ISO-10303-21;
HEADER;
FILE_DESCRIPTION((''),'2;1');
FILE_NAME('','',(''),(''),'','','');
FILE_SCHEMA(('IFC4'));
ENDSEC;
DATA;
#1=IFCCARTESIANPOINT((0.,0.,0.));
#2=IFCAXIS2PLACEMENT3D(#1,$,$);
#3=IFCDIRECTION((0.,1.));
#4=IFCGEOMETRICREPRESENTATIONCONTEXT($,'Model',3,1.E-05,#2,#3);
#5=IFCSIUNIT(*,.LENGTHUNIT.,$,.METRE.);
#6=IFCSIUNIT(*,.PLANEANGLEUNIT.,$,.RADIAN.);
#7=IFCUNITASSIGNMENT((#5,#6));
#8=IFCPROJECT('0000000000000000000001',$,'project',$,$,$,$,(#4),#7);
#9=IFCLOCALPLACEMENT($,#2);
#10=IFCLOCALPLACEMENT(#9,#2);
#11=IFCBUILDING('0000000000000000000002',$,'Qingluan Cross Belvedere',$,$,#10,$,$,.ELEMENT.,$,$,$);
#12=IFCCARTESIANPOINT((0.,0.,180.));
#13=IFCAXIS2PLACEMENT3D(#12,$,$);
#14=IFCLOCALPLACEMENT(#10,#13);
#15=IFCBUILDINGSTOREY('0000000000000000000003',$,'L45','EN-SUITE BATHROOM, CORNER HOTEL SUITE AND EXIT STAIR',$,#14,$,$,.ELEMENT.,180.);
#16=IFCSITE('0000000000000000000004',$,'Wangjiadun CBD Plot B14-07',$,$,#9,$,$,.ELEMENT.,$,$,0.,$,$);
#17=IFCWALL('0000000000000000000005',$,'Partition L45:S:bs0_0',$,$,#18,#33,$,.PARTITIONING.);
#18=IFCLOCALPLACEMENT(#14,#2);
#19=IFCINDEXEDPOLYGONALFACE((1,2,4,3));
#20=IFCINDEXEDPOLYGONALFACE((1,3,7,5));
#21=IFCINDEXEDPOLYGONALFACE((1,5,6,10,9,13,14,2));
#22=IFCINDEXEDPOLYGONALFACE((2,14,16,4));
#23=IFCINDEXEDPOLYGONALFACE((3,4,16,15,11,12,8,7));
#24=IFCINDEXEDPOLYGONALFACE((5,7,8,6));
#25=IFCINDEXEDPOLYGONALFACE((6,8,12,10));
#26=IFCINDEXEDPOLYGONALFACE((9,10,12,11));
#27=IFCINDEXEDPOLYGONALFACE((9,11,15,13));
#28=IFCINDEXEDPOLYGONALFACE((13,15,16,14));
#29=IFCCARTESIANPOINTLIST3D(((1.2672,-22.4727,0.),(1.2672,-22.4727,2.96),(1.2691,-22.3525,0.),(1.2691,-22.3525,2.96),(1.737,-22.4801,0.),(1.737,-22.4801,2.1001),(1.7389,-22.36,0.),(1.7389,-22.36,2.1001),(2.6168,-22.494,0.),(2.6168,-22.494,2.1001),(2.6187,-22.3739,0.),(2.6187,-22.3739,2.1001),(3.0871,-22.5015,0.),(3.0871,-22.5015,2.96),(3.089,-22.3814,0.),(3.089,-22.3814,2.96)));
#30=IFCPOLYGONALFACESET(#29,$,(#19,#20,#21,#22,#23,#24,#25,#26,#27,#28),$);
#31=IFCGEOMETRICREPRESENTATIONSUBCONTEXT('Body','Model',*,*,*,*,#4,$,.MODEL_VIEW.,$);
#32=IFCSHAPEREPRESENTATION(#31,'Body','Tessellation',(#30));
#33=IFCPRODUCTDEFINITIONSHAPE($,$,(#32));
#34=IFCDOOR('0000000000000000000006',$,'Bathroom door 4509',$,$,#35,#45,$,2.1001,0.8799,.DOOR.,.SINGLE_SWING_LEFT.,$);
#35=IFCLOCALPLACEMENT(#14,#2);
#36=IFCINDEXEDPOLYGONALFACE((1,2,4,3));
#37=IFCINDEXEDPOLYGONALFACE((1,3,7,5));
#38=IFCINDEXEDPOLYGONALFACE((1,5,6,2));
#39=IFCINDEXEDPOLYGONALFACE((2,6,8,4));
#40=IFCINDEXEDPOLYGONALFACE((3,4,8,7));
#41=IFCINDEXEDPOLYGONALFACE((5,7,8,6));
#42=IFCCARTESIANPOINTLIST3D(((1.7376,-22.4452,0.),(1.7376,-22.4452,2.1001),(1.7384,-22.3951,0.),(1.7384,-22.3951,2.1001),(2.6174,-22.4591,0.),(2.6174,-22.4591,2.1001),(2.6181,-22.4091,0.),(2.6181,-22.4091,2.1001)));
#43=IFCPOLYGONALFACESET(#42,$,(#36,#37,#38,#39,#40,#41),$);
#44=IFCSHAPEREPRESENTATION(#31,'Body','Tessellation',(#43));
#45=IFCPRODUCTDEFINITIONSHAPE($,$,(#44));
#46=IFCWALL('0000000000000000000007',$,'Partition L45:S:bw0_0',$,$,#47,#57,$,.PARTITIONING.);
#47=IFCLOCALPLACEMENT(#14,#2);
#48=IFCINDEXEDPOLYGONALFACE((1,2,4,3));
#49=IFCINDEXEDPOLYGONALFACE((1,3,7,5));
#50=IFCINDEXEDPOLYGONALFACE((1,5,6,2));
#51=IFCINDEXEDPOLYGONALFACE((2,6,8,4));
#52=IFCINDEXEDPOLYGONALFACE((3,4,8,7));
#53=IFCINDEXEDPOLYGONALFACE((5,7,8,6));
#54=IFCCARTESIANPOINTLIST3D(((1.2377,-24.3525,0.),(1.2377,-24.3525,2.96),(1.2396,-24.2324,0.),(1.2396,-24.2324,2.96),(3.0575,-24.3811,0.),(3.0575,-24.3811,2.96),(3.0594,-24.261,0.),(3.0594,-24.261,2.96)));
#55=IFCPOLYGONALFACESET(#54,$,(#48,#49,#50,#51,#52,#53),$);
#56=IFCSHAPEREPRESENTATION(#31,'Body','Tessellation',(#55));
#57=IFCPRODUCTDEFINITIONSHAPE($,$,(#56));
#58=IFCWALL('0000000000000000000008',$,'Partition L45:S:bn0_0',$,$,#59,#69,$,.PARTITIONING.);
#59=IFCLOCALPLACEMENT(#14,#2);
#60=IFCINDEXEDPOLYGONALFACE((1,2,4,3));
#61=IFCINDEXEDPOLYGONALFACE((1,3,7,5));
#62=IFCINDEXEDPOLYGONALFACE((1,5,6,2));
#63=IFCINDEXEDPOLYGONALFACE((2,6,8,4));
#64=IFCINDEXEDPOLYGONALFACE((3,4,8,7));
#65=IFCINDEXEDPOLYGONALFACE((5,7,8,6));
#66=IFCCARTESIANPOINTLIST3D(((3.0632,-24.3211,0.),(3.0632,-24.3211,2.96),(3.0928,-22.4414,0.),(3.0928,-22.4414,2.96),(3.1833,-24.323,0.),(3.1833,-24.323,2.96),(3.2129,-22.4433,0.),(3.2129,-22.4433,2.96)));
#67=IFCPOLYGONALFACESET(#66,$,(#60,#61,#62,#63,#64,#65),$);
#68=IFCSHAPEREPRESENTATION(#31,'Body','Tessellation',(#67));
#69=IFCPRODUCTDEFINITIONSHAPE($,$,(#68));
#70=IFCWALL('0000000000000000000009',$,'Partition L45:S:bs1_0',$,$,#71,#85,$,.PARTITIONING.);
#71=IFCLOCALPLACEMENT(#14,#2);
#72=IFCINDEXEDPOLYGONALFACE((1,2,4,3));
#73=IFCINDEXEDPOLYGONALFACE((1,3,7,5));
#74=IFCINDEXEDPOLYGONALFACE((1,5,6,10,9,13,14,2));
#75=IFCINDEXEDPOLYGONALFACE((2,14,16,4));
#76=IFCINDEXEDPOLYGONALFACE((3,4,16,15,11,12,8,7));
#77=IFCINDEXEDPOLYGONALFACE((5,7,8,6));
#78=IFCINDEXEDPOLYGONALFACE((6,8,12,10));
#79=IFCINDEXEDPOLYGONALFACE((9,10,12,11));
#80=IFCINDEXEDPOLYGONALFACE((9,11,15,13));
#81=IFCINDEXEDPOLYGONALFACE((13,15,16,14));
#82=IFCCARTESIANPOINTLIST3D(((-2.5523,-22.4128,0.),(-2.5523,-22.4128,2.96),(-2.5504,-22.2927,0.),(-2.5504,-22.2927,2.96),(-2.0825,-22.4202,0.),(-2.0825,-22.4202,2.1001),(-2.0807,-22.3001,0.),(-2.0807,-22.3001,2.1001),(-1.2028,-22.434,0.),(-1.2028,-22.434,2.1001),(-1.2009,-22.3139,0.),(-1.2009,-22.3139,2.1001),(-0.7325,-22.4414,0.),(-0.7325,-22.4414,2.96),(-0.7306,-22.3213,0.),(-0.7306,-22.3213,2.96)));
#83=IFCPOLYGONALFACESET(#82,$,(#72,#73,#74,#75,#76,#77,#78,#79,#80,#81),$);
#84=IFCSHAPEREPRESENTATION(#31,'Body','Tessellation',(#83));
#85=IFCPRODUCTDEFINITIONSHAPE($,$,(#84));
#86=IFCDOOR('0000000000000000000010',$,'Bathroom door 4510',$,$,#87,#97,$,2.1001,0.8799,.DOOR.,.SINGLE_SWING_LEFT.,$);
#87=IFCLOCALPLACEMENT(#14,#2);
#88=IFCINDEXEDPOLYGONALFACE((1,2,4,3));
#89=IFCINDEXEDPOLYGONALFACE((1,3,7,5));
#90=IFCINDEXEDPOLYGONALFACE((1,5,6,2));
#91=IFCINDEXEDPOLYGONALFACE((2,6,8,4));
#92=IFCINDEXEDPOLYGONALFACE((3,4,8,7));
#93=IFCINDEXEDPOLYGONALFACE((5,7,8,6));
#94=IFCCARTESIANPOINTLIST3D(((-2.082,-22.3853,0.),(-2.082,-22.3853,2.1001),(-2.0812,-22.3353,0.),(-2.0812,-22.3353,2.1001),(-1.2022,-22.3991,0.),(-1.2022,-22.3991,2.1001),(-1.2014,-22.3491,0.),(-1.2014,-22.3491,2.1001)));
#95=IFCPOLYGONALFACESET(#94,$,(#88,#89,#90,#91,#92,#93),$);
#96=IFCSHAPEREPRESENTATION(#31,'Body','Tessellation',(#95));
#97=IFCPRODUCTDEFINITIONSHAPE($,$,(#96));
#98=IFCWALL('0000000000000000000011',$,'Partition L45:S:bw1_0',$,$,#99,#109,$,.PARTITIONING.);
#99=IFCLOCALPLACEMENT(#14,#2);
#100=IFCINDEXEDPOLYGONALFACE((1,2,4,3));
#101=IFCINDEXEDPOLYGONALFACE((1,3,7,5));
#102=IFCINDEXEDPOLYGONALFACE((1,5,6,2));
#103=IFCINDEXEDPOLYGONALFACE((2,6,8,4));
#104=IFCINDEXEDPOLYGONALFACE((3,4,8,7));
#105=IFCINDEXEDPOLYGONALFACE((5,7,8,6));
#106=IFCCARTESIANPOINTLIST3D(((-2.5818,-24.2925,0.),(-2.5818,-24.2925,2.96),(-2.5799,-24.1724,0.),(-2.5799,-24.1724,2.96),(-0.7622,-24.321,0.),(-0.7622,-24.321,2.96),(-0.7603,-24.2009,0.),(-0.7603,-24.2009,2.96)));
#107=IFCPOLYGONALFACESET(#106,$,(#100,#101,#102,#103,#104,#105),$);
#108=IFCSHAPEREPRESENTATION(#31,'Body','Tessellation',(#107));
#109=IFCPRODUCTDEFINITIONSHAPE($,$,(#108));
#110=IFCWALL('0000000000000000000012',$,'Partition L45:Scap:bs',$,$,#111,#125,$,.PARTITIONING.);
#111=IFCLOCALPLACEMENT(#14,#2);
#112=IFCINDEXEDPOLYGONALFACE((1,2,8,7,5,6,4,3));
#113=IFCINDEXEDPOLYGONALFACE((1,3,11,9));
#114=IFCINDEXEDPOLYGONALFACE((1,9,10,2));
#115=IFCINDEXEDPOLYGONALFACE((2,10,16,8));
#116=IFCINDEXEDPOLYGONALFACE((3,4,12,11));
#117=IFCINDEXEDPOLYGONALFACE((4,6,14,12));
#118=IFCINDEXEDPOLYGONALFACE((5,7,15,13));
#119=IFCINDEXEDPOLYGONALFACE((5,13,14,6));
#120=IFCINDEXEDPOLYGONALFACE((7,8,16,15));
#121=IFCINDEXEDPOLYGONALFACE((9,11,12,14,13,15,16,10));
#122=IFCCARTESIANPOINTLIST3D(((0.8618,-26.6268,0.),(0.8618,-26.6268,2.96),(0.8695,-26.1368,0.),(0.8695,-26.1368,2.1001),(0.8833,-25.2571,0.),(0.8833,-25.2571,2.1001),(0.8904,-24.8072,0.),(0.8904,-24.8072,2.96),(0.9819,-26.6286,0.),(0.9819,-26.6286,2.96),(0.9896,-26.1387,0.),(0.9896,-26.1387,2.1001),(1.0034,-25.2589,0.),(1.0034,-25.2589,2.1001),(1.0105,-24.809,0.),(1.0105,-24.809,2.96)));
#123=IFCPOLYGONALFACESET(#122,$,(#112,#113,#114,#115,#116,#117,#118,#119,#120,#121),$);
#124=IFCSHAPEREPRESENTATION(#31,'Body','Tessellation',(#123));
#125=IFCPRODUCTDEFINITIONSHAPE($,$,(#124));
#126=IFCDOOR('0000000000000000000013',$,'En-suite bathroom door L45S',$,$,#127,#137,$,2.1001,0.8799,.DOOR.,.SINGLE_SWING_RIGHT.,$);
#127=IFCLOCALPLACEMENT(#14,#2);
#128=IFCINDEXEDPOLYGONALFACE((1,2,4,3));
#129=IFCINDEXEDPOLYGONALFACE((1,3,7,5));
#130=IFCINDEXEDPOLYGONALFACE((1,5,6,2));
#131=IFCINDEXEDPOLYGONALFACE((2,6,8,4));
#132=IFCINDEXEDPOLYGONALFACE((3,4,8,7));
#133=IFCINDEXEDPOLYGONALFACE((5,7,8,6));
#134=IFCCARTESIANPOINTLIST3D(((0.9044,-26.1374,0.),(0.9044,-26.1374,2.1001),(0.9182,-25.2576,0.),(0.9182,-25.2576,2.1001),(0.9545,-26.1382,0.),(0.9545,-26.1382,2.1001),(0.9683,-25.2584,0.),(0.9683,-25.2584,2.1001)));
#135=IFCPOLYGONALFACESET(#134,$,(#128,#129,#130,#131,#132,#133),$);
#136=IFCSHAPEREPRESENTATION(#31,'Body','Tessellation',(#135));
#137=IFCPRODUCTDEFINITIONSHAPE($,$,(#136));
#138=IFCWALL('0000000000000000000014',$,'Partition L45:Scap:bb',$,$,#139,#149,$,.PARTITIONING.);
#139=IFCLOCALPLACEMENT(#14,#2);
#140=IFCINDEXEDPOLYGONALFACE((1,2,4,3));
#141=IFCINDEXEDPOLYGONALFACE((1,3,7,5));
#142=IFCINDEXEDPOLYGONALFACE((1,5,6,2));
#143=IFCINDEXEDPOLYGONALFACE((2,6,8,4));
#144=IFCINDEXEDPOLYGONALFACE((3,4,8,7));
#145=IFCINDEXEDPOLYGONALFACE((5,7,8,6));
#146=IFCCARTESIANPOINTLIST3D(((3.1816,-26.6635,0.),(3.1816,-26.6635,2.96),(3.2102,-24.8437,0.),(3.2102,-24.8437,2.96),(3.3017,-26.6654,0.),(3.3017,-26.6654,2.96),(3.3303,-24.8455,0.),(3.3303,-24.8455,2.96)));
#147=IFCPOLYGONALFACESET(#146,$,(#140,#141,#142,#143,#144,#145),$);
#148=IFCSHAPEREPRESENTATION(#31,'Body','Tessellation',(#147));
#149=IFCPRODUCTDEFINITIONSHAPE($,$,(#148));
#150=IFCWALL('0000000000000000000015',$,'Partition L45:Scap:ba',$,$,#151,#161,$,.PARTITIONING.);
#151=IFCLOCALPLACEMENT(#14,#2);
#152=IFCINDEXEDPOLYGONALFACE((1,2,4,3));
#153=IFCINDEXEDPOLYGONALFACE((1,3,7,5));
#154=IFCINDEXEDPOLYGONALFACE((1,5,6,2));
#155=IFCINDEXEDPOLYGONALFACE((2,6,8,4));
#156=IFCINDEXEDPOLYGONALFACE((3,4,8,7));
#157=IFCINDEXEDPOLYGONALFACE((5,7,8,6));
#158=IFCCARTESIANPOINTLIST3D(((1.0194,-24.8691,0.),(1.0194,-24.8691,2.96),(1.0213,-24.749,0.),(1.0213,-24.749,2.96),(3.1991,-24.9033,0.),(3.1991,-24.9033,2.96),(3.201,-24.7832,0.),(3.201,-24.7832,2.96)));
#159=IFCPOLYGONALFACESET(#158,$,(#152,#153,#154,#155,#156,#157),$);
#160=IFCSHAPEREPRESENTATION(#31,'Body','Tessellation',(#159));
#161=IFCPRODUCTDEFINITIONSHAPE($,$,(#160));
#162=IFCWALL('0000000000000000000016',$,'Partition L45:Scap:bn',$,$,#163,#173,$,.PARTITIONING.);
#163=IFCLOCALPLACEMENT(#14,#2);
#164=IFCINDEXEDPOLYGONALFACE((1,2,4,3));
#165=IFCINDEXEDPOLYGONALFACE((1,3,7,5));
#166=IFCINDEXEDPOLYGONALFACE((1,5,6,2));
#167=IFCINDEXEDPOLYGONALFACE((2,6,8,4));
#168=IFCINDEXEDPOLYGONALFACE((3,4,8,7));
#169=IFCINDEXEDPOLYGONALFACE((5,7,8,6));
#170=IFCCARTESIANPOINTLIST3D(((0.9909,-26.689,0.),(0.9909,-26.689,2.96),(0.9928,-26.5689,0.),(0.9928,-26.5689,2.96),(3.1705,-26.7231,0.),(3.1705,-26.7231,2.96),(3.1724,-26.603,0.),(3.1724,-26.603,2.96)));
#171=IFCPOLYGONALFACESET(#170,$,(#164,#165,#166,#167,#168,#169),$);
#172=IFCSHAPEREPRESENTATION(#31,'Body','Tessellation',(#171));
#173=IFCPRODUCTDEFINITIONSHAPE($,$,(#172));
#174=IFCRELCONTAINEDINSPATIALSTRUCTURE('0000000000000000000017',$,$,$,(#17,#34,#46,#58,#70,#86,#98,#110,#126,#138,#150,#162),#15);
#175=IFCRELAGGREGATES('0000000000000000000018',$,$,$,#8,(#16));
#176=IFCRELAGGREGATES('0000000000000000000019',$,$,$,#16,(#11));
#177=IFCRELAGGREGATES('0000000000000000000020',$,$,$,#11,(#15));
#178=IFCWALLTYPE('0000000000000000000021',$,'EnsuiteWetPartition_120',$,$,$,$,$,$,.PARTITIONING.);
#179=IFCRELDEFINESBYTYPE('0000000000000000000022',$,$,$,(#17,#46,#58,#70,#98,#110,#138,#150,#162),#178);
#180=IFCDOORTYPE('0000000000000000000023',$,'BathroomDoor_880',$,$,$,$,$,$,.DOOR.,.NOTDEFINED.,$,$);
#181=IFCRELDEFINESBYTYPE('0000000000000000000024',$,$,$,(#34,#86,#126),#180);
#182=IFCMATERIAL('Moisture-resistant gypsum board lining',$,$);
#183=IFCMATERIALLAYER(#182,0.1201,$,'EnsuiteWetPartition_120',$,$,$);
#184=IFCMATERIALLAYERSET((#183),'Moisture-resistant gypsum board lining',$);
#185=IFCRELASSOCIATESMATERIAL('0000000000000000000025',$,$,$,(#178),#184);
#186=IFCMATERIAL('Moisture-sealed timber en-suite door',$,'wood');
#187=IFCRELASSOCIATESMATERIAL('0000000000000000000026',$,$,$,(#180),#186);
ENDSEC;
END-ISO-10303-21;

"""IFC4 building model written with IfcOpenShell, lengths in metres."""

from ifc_helpers import new_model, si_unit, direction, frame, frame_2d, origin, place, context, subcontext, project, spatial, rectangle, extrude, material, layer, layer_set, type_object, element, fill, save


model = new_model("IFC4")

# Units and contexts
model_context = context("Model", 3, precision=1e-05, world=origin(), true_north=direction((0.0, 1.0)))
body_context = subcontext(model_context, "Body", "Model", "MODEL_VIEW")
ifc_project = project(units=[si_unit("LENGTHUNIT", "METRE"), si_unit("PLANEANGLEUNIT", "RADIAN")], contexts=[model_context])

# Site, building, storey
site_placement = place(None, origin())
site = spatial("IfcSite", under=ifc_project, at=site_placement, Name="Wangjiadun CBD Plot B14-07", CompositionType="ELEMENT", RefElevation=0.0)
building_placement = place(site_placement, origin())
building = spatial("IfcBuilding", under=site, at=building_placement, Name="Qingluan Cross Belvedere", CompositionType="ELEMENT")
storey_placement = place(building_placement, frame((0.0, 0.0, 180.0)))
storey = spatial("IfcBuildingStorey", under=building, at=storey_placement, Name="L45", Description="EN-SUITE BATHROOM, CORNER HOTEL SUITE AND EXIT STAIR", CompositionType="ELEMENT", Elevation=180.0)

# Wall, opening, door
ifc_material_1 = material(Name="Moisture-resistant gypsum board lining")
ifc_layer_1 = layer(ifc_material_1, 0.1201, Name="EnsuiteWetPartition_120")
ifc_layer_set_1 = layer_set([ifc_layer_1], Name="Moisture-resistant gypsum board lining")
wall_type_1 = type_object("IfcWallType", Name="EnsuiteWetPartition_120", PredefinedType="PARTITIONING", material=ifc_layer_set_1)
wall_1_placement = place(storey_placement, frame((1.2681, -22.4126, 0.0), z_axis=(0.0, 0.0, 1.0), x_axis=(0.999875, -0.015828, 0.0)))
wall_1 = element("IfcWall", 1, at=wall_1_placement, inside=storey, type_object=wall_type_1, Name="Partition L45:S:bs0_0", PredefinedType="PARTITIONING", context=body_context, shape_type="SweptSolid", body=[
    extrude(rectangle(XDim=1.8201, YDim=0.1201, at=frame_2d((0.9102, 0.0))), origin(), (0.0, 0.0, 1.0), 2.96),
])
opening_1_placement = place(wall_1_placement, frame((0.47, 0.0, 0.0)))
opening_1 = element("IfcOpeningElement", 2, at=opening_1_placement, cuts=wall_1, PredefinedType="OPENING", context=body_context, shape_type="SweptSolid", body=[
    extrude(rectangle(XDim=0.8799, YDim=2.1001, at=frame_2d((0.4399, 1.05))), frame((0.0, 0.0701, 0.0), z_axis=(0.0, -1.0, 0.0), x_axis=(1.0, 0.0, 0.0)), (0.0, 0.0, 1.0), 0.1401),
])
ifc_material_2 = material(Name="Moisture-sealed timber en-suite door", Category="wood")
door_type = type_object("IfcDoorType", Name="BathroomDoor_880", OperationType="NOTDEFINED", PredefinedType="DOOR", material=ifc_material_2)
door_1_placement = place(opening_1_placement, origin())
door_1 = element("IfcDoor", 3, at=door_1_placement, inside=storey, type_object=door_type, Name="Bathroom door 4509", OperationType="SINGLE_SWING_LEFT", OverallHeight=2.1001, OverallWidth=0.8799, PredefinedType="DOOR", context=body_context, shape_type="SweptSolid", body=[
    extrude(rectangle(XDim=0.8799, YDim=2.1001, at=frame_2d((0.4399, 1.05))), frame((0.0, 0.0249, 0.0), z_axis=(0.0, -1.0, 0.0), x_axis=(1.0, 0.0, 0.0)), (0.0, 0.0, 1.0), 0.05),
])
fill(opening_1, door_1)

# Walls
wall_2_placement = place(storey_placement, frame((1.2385, -24.2925, 0.0), z_axis=(0.0, 0.0, 1.0), x_axis=(0.999877, -0.015694, 0.0)))
element("IfcWall", 4, at=wall_2_placement, inside=storey, type_object=wall_type_1, Name="Partition L45:S:bw0_0", PredefinedType="PARTITIONING", context=body_context, shape_type="SweptSolid", body=[
    extrude(rectangle(XDim=1.8201, YDim=0.1201, at=frame_2d((0.9102, 0.0))), origin(), (0.0, 0.0, 1.0), 2.96),
])
wall_3_placement = place(storey_placement, frame((3.1528, -22.4424, 0.0), z_axis=(0.0, 0.0, 1.0), x_axis=(-0.015714, -0.999877, 0.0)))
element("IfcWall", 5, at=wall_3_placement, inside=storey, type_object=wall_type_1, Name="Partition L45:S:bn0_0", PredefinedType="PARTITIONING", context=body_context, shape_type="SweptSolid", body=[
    extrude(rectangle(XDim=1.8799, YDim=0.1201, at=frame_2d((0.9399, 0.0))), origin(), (0.0, 0.0, 1.0), 2.96),
])

# Wall, opening, door
wall_4_placement = place(storey_placement, frame((-2.5515, -22.3528, 0.0), z_axis=(0.0, 0.0, 1.0), x_axis=(0.999877, -0.015694, 0.0)))
wall_4 = element("IfcWall", 6, at=wall_4_placement, inside=storey, type_object=wall_type_1, Name="Partition L45:S:bs1_0", PredefinedType="PARTITIONING", context=body_context, shape_type="SweptSolid", body=[
    extrude(rectangle(XDim=1.8201, YDim=0.1201, at=frame_2d((0.9102, 0.0))), origin(), (0.0, 0.0, 1.0), 2.96),
])
opening_2_placement = place(wall_4_placement, frame((0.47, 0.0, 0.0)))
opening_2 = element("IfcOpeningElement", 7, at=opening_2_placement, cuts=wall_4, PredefinedType="OPENING", context=body_context, shape_type="SweptSolid", body=[
    extrude(rectangle(XDim=0.8799, YDim=2.1001, at=frame_2d((0.4399, 1.05))), frame((0.0, 0.0701, 0.0), z_axis=(0.0, -1.0, 0.0), x_axis=(1.0, 0.0, 0.0)), (0.0, 0.0, 1.0), 0.1401),
])
door_2_placement = place(opening_2_placement, origin())
door_2 = element("IfcDoor", 8, at=door_2_placement, inside=storey, type_object=door_type, Name="Bathroom door 4510", OperationType="SINGLE_SWING_LEFT", OverallHeight=2.1001, OverallWidth=0.8799, PredefinedType="DOOR", context=body_context, shape_type="SweptSolid", body=[
    extrude(rectangle(XDim=0.8799, YDim=2.1001, at=frame_2d((0.4399, 1.05))), frame((0.0, 0.0249, 0.0), z_axis=(0.0, -1.0, 0.0), x_axis=(1.0, 0.0, 0.0)), (0.0, 0.0, 1.0), 0.05),
])
fill(opening_2, door_2)

# Wall
wall_5_placement = place(storey_placement, frame((-2.5808, -24.2324, 0.0), z_axis=(0.0, 0.0, 1.0), x_axis=(0.999877, -0.015696, 0.0)))
element("IfcWall", 9, at=wall_5_placement, inside=storey, type_object=wall_type_1, Name="Partition L45:S:bw1_0", PredefinedType="PARTITIONING", context=body_context, shape_type="SweptSolid", body=[
    extrude(rectangle(XDim=1.8198, YDim=0.1201, at=frame_2d((0.9099, 0.0))), origin(), (0.0, 0.0, 1.0), 2.96),
])

# Wall, opening, door
wall_6_placement = place(storey_placement, frame((0.9504, -24.8081, 0.0), z_axis=(0.0, 0.0, 1.0), x_axis=(-0.015696, -0.999877, 0.0)))
wall_6 = element("IfcWall", 10, at=wall_6_placement, inside=storey, type_object=wall_type_1, Name="Partition L45:Scap:bs", PredefinedType="PARTITIONING", context=body_context, shape_type="SweptSolid", body=[
    extrude(rectangle(XDim=1.8198, YDim=0.1201, at=frame_2d((0.9099, 0.0))), origin(), (0.0, 0.0, 1.0), 2.96),
])
opening_3_placement = place(wall_6_placement, frame((0.45, 0.0, 0.0)))
opening_3 = element("IfcOpeningElement", 11, at=opening_3_placement, cuts=wall_6, PredefinedType="OPENING", context=body_context, shape_type="SweptSolid", body=[
    extrude(rectangle(XDim=0.8799, YDim=2.1001, at=frame_2d((0.4399, 1.05))), frame((0.0, 0.0701, 0.0), z_axis=(0.0, -1.0, 0.0), x_axis=(1.0, 0.0, 0.0)), (0.0, 0.0, 1.0), 0.1401),
])
door_3_placement = place(opening_3_placement, origin())
door_3 = element("IfcDoor", 12, at=door_3_placement, inside=storey, type_object=door_type, Name="En-suite bathroom door L45S", OperationType="SINGLE_SWING_RIGHT", OverallHeight=2.1001, OverallWidth=0.8799, PredefinedType="DOOR", context=body_context, shape_type="SweptSolid", body=[
    extrude(rectangle(XDim=0.8799, YDim=2.1001, at=frame_2d((0.4399, 1.05))), frame((0.0, 0.0249, 0.0), z_axis=(0.0, -1.0, 0.0), x_axis=(1.0, 0.0, 0.0)), (0.0, 0.0, 1.0), 0.05),
])
fill(opening_3, door_3)

# Walls
wall_7_placement = place(storey_placement, frame((3.2703, -24.8445, 0.0), z_axis=(0.0, 0.0, 1.0), x_axis=(-0.015694, -0.999877, 0.0)))
element("IfcWall", 13, at=wall_7_placement, inside=storey, type_object=wall_type_1, Name="Partition L45:Scap:bb", PredefinedType="PARTITIONING", context=body_context, shape_type="SweptSolid", body=[
    extrude(rectangle(XDim=1.8201, YDim=0.1201, at=frame_2d((0.9102, 0.0))), origin(), (0.0, 0.0, 1.0), 2.96),
])
for number, where, z_axis, x_axis, name in (
    (14, (1.0205, -24.8091, 0.0), (0.0, 0.0, 1.0), (0.999877, -0.015679, 0.0), "Partition L45:Scap:ba"),
    (15, (0.9919, -26.6289, 0.0), (0.0, 0.0, 1.0), (0.999877, -0.015679, 0.0), "Partition L45:Scap:bn"),
):
    element("IfcWall", number, at=place(storey_placement, frame(where, z_axis=z_axis, x_axis=x_axis)), inside=storey, type_object=wall_type_1, Name=name, PredefinedType="PARTITIONING", context=body_context, shape_type="SweptSolid", body=[
        extrude(rectangle(XDim=2.1799, YDim=0.1201, at=frame_2d((1.0898, 0.0))), origin(), (0.0, 0.0, 1.0), 2.96),
    ])

save(model, "model.ifc")
